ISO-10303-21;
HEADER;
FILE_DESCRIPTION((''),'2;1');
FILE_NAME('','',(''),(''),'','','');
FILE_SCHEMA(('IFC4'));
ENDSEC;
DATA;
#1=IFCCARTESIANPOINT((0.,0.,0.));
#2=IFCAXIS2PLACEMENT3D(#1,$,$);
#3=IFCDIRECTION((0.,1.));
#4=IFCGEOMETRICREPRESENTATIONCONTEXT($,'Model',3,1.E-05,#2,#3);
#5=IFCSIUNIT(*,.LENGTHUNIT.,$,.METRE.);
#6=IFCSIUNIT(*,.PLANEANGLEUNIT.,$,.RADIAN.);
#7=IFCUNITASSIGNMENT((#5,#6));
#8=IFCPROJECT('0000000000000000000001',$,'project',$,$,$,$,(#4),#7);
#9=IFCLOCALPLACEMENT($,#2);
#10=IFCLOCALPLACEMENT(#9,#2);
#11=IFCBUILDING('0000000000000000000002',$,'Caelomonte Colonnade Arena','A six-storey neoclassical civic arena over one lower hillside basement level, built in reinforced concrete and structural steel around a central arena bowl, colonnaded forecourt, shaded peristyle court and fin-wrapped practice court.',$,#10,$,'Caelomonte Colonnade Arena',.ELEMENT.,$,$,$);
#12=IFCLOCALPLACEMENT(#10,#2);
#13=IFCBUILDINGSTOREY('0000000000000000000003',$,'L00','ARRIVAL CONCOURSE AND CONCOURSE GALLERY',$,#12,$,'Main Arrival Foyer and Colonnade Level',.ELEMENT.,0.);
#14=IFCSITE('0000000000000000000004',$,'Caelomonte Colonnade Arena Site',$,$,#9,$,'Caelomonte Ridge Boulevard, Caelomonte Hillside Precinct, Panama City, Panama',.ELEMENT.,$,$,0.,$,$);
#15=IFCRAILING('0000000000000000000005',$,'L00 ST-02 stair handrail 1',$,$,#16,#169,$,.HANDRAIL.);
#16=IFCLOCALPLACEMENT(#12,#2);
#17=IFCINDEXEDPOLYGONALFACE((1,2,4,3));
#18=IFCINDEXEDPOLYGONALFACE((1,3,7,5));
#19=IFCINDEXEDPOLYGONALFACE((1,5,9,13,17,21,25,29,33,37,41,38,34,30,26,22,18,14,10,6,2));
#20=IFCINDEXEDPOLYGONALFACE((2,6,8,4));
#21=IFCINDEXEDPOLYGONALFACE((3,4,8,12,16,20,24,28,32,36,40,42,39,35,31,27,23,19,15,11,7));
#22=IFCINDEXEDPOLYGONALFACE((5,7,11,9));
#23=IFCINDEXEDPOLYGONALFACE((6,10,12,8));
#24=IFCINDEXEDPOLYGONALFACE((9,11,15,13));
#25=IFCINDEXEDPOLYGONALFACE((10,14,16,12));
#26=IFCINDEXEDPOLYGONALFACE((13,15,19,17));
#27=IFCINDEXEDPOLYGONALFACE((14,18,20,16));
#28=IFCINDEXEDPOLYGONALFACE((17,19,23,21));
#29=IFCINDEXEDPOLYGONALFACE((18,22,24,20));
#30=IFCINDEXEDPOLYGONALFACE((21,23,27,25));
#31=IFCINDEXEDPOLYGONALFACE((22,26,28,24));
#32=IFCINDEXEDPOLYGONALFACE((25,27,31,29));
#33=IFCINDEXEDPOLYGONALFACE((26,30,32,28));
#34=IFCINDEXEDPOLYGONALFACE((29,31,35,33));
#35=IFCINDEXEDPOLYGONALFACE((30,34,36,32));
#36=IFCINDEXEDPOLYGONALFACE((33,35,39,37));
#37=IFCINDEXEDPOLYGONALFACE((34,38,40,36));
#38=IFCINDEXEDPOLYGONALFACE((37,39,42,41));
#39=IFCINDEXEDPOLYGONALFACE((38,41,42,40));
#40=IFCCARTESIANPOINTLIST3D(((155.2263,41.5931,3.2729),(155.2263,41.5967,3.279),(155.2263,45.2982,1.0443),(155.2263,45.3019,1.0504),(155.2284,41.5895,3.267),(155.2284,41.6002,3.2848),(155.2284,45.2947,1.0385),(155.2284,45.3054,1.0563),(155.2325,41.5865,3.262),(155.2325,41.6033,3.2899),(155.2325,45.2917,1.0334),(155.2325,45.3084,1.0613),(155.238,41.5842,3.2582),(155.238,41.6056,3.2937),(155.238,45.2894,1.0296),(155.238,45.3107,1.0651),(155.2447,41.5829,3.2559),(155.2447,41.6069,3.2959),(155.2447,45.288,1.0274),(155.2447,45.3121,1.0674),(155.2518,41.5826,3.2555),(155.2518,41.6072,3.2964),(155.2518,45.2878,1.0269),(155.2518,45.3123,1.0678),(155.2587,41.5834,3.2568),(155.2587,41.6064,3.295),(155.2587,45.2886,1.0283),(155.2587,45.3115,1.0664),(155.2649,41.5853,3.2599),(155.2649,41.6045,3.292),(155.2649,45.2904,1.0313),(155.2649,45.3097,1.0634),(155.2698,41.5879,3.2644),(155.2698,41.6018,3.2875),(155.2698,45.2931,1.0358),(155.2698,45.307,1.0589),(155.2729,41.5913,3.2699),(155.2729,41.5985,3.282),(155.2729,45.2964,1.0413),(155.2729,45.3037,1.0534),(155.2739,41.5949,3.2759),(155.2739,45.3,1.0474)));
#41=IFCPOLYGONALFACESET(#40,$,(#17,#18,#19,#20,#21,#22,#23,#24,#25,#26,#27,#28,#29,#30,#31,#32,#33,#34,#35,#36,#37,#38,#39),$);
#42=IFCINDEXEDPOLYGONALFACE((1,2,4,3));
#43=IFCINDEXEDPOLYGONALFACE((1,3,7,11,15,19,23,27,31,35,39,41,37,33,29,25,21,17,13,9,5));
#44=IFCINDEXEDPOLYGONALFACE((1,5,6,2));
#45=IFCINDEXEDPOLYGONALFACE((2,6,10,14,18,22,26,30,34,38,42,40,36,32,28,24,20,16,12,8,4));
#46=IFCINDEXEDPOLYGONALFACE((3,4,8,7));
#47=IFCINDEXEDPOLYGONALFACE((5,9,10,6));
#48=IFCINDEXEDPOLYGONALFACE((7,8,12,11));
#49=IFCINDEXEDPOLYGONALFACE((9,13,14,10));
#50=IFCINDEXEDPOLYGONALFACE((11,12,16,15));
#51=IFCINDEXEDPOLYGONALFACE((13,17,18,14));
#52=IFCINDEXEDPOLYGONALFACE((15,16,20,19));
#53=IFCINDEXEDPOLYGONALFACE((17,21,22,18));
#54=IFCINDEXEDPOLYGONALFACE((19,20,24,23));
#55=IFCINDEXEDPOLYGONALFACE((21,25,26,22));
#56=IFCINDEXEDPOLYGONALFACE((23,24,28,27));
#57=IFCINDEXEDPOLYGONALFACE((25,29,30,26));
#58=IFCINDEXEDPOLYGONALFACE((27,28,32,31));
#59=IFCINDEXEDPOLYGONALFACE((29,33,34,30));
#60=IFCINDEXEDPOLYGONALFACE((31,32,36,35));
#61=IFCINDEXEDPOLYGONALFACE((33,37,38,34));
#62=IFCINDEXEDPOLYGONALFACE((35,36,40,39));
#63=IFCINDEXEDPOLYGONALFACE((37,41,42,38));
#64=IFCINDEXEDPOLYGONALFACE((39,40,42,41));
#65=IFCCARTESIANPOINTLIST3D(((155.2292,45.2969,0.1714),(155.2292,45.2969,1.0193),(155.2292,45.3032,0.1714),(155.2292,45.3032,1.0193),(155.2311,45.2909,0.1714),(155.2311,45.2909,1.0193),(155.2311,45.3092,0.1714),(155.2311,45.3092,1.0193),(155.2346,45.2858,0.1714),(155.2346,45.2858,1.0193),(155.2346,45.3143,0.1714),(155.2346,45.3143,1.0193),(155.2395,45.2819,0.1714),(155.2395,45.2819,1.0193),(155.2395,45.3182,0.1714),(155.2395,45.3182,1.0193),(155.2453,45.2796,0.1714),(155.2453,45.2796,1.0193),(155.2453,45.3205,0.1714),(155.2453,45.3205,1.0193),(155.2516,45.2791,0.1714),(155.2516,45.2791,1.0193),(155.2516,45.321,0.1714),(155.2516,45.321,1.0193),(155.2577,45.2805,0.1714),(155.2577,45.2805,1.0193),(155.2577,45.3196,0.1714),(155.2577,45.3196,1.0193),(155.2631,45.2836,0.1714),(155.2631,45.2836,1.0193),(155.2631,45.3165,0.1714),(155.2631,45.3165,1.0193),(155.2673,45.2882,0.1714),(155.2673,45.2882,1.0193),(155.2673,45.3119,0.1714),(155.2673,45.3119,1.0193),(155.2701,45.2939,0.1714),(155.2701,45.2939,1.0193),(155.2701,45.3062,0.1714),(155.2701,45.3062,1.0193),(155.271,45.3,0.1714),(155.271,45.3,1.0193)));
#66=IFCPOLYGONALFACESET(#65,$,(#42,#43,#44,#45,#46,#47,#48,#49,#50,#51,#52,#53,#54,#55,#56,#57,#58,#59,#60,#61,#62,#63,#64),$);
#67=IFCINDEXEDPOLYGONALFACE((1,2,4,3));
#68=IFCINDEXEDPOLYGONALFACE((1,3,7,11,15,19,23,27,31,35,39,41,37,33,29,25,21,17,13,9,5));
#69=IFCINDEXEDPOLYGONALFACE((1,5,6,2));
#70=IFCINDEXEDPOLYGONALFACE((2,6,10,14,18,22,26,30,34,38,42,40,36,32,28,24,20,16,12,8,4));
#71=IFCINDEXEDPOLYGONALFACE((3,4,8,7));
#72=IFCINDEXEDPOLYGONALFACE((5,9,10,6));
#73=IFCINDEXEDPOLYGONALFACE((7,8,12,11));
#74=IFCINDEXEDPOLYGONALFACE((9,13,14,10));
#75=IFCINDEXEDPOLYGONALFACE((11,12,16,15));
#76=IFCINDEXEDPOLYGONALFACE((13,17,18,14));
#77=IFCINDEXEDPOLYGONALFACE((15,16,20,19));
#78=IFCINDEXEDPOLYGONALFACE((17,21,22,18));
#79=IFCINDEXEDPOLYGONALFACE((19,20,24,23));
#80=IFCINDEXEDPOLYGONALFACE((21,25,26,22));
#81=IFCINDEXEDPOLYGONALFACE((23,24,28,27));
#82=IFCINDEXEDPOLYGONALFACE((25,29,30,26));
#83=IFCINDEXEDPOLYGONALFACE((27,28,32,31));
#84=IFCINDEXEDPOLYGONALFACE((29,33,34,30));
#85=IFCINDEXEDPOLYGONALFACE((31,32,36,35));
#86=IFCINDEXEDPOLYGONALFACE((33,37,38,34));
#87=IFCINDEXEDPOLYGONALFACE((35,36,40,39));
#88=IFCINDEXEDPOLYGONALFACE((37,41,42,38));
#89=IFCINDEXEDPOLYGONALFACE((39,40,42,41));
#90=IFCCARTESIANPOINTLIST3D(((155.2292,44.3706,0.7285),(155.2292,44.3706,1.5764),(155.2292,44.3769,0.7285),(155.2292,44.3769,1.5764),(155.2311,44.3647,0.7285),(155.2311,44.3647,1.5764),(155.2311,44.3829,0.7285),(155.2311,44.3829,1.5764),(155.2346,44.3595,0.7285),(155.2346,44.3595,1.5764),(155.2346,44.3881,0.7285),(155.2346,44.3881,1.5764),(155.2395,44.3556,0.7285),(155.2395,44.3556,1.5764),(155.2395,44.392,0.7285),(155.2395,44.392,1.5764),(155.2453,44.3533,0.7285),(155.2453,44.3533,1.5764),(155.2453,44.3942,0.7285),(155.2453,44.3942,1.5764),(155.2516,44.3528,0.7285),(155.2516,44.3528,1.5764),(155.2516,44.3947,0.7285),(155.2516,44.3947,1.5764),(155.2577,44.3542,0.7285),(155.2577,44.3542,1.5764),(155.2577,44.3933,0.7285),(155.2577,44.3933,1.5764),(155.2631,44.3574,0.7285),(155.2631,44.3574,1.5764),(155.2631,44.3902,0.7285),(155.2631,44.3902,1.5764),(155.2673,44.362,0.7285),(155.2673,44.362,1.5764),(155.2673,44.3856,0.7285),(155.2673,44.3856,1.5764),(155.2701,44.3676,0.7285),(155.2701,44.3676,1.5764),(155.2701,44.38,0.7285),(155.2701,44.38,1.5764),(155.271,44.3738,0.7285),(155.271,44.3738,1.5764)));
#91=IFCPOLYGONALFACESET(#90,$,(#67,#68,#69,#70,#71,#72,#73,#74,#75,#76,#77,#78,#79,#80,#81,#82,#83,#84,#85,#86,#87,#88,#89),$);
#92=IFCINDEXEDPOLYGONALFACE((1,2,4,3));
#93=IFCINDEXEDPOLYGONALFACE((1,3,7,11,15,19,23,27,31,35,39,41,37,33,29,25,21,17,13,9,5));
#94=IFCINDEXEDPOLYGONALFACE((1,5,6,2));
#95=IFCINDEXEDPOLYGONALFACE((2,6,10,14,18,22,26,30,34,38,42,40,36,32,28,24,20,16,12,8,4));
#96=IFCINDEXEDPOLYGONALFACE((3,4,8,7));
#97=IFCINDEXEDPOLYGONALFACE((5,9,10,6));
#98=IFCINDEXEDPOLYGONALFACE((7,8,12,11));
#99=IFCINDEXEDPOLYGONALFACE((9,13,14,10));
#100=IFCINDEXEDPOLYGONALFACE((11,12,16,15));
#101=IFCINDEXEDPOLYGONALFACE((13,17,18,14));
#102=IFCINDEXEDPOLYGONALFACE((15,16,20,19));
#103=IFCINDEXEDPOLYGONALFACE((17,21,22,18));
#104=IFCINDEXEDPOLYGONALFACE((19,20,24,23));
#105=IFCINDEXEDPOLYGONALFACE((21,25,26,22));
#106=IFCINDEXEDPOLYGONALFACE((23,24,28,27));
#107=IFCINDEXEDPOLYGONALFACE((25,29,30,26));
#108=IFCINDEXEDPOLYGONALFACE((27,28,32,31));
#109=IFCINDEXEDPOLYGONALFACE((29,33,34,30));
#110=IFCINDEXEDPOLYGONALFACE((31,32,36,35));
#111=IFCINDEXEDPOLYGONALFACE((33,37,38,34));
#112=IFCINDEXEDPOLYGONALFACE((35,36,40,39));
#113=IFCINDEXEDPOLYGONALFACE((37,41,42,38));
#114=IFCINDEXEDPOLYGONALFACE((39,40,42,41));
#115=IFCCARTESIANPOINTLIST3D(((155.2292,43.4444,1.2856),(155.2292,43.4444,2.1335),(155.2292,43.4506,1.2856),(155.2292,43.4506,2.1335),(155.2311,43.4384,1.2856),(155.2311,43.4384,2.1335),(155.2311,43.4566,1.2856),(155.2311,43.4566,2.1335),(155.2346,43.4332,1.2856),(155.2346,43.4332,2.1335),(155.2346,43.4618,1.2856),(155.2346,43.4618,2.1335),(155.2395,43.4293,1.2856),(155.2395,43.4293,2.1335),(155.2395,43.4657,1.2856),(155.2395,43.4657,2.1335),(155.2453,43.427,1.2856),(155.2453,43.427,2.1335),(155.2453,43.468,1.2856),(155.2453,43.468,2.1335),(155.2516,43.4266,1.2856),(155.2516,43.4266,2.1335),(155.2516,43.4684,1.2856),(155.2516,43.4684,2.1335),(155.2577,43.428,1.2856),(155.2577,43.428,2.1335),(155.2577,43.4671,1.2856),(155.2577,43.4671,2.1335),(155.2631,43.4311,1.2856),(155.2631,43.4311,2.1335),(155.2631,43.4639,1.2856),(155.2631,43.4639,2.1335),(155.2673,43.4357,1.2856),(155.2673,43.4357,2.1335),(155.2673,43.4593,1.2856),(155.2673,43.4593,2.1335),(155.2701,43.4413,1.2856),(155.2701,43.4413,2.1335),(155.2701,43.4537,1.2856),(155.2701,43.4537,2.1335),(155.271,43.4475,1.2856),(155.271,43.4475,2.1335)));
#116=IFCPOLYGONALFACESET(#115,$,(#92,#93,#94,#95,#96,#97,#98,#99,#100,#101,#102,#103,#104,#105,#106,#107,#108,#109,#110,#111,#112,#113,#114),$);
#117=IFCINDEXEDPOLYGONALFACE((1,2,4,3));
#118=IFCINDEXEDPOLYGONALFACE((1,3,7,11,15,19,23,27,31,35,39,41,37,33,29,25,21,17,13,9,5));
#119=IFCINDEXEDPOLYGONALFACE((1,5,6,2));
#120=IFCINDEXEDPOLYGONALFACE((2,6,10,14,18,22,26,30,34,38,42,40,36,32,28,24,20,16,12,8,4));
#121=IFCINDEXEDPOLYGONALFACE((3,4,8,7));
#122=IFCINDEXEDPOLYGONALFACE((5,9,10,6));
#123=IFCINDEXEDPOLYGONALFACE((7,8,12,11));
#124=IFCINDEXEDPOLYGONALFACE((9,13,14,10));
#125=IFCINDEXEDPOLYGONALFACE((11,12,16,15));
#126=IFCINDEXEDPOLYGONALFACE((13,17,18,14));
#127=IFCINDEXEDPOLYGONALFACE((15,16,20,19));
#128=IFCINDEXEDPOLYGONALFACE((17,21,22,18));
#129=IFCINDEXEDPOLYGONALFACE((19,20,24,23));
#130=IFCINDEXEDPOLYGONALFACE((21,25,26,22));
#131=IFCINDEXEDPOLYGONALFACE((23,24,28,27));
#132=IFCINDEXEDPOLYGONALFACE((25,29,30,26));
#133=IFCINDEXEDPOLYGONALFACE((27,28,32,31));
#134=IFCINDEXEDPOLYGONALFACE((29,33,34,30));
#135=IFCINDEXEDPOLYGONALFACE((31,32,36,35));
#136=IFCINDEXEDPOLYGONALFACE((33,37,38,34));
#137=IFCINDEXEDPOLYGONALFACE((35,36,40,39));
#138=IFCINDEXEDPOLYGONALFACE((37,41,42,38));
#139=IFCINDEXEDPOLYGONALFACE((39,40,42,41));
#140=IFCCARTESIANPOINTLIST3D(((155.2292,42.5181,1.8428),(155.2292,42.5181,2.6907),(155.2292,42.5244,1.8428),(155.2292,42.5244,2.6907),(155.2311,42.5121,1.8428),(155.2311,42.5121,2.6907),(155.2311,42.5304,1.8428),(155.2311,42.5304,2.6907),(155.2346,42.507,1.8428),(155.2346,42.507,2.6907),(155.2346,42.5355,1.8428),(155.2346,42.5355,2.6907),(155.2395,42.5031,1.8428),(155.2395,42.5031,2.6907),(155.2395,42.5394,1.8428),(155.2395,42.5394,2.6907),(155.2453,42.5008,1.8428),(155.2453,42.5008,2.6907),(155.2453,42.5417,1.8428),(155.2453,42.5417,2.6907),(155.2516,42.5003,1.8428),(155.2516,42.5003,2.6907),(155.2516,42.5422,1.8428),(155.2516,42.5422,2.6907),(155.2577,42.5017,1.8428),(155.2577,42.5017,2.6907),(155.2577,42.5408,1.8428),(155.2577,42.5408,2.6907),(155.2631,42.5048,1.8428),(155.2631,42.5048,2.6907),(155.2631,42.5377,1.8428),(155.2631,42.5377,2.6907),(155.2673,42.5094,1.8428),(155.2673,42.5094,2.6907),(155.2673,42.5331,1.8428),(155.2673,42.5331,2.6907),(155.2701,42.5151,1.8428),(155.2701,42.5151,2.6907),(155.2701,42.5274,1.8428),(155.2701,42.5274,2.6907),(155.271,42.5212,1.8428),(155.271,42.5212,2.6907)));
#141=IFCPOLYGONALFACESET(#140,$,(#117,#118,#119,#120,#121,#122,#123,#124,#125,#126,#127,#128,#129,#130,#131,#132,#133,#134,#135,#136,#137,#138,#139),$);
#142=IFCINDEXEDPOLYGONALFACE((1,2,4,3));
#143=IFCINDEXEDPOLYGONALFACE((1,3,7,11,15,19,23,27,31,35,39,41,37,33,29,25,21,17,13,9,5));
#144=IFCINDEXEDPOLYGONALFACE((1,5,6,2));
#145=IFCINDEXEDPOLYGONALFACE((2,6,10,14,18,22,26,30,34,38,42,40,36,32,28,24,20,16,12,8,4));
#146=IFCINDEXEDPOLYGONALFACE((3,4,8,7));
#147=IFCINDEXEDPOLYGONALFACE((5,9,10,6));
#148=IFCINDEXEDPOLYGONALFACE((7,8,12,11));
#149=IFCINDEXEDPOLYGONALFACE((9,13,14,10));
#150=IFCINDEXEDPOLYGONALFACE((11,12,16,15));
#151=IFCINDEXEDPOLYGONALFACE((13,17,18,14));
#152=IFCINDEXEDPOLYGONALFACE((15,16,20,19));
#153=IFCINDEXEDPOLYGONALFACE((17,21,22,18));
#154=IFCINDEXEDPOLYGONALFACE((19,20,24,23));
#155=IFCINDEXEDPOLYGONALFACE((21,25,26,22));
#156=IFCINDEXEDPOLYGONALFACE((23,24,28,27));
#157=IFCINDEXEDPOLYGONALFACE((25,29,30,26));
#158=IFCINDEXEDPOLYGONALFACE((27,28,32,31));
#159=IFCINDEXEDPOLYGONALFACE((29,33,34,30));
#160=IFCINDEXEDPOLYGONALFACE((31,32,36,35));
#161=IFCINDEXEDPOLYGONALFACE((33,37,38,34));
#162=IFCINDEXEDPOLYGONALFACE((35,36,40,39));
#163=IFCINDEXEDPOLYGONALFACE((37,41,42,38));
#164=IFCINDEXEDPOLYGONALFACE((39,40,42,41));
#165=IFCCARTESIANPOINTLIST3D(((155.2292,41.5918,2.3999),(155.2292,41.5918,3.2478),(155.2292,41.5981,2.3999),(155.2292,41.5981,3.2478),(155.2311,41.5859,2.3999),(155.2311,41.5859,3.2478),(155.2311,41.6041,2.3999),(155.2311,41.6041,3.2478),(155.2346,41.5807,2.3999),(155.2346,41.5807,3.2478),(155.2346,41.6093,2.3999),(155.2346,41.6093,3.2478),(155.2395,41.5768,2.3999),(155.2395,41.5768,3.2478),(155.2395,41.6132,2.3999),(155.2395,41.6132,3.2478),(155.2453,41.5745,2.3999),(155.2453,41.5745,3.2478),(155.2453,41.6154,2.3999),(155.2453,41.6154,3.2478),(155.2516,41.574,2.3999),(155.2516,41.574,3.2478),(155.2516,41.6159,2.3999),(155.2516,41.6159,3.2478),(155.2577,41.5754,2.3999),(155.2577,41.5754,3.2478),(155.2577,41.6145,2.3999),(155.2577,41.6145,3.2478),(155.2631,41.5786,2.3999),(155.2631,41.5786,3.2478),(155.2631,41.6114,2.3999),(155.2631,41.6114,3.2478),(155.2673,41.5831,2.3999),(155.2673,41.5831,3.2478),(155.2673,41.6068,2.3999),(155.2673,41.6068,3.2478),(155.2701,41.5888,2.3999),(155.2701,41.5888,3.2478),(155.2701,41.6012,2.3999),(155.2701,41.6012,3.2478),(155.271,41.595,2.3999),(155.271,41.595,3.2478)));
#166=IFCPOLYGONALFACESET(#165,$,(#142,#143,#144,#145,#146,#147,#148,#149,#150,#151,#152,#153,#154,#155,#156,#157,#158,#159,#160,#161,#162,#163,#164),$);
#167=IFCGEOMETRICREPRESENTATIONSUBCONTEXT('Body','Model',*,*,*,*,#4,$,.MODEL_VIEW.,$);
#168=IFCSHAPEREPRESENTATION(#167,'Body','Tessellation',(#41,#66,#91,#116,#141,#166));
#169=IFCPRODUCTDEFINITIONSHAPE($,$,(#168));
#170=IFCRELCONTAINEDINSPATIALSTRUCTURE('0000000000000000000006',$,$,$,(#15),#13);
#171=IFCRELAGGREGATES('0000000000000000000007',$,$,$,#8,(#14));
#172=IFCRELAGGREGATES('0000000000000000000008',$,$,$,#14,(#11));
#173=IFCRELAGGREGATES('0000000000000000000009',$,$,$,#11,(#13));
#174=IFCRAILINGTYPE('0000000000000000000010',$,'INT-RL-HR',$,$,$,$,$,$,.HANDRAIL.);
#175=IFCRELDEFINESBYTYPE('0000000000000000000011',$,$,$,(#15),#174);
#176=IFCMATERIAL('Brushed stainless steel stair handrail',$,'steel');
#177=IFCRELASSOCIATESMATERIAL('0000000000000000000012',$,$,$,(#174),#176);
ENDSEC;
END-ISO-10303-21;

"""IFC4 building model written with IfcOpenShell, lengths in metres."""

from ifc_helpers import new_model, si_unit, direction, frame, origin, origin_2d, place, context, subcontext, project, spatial, circle, extrude, material, type_object, element, save


model = new_model("IFC4")

# Units and contexts
model_context = context("Model", 3, precision=1e-05, world=origin(), true_north=direction((0.0, 1.0)))
body_context = subcontext(model_context, "Body", "Model", "MODEL_VIEW")
ifc_project = project(units=[si_unit("LENGTHUNIT", "METRE"), si_unit("PLANEANGLEUNIT", "RADIAN")], contexts=[model_context])

# Site, building, storey
site_placement = place(None, origin())
site = spatial("IfcSite", under=ifc_project, at=site_placement, Name="Caelomonte Colonnade Arena Site", LongName="Caelomonte Ridge Boulevard, Caelomonte Hillside Precinct, Panama City, Panama", CompositionType="ELEMENT", RefElevation=0.0)
building_placement = place(site_placement, origin())
building = spatial("IfcBuilding", under=site, at=building_placement, Name="Caelomonte Colonnade Arena", Description="A six-storey neoclassical civic arena over one lower hillside basement level, built in reinforced concrete and structural steel around a central arena bowl, colonnaded forecourt, shaded peristyle court and fin-wrapped practice court.", LongName="Caelomonte Colonnade Arena", CompositionType="ELEMENT")
storey_placement = place(building_placement, origin())
storey = spatial("IfcBuildingStorey", under=building, at=storey_placement, Name="L00", Description="ARRIVAL CONCOURSE AND CONCOURSE GALLERY", LongName="Main Arrival Foyer and Colonnade Level", CompositionType="ELEMENT", Elevation=0.0)

# Railing
ifc_material_1 = material(Name="Brushed stainless steel stair handrail", Category="steel")
railing_type_1 = type_object("IfcRailingType", Name="INT-RL-HR", PredefinedType="HANDRAIL", material=ifc_material_1)
railing_1_placement = place(storey_placement, frame((155.25, 45.3, 0.1714)))
element("IfcRailing", 1, at=railing_1_placement, inside=storey, type_object=railing_type_1, Name="L00 ST-02 stair handrail 1", PredefinedType="HANDRAIL", context=body_context, shape_type="SweptSolid", body=[
    extrude(circle(Radius=0.0239, at=origin_2d()), frame((0.0, 0.0, 0.876), z_axis=(0.0, -0.856934, 0.515425), x_axis=(1.0, 0.0, 0.0)), (0.0, 0.0, 1.0), 4.3237),
    extrude(circle(Radius=0.021, at=origin_2d()), origin(), (0.0, 0.0, 1.0), 0.8479),
    extrude(circle(Radius=0.021, at=origin_2d()), frame((0.0, -0.9263, 0.5571)), (0.0, 0.0, 1.0), 0.8479),
    extrude(circle(Radius=0.021, at=origin_2d()), frame((0.0, -1.8525, 1.1143)), (0.0, 0.0, 1.0), 0.8479),
    extrude(circle(Radius=0.021, at=origin_2d()), frame((0.0, -2.7788, 1.6714)), (0.0, 0.0, 1.0), 0.8479),
    extrude(circle(Radius=0.021, at=origin_2d()), frame((0.0, -3.7051, 2.2285)), (0.0, 0.0, 1.0), 0.8479),
])

save(model, "model.ifc")
